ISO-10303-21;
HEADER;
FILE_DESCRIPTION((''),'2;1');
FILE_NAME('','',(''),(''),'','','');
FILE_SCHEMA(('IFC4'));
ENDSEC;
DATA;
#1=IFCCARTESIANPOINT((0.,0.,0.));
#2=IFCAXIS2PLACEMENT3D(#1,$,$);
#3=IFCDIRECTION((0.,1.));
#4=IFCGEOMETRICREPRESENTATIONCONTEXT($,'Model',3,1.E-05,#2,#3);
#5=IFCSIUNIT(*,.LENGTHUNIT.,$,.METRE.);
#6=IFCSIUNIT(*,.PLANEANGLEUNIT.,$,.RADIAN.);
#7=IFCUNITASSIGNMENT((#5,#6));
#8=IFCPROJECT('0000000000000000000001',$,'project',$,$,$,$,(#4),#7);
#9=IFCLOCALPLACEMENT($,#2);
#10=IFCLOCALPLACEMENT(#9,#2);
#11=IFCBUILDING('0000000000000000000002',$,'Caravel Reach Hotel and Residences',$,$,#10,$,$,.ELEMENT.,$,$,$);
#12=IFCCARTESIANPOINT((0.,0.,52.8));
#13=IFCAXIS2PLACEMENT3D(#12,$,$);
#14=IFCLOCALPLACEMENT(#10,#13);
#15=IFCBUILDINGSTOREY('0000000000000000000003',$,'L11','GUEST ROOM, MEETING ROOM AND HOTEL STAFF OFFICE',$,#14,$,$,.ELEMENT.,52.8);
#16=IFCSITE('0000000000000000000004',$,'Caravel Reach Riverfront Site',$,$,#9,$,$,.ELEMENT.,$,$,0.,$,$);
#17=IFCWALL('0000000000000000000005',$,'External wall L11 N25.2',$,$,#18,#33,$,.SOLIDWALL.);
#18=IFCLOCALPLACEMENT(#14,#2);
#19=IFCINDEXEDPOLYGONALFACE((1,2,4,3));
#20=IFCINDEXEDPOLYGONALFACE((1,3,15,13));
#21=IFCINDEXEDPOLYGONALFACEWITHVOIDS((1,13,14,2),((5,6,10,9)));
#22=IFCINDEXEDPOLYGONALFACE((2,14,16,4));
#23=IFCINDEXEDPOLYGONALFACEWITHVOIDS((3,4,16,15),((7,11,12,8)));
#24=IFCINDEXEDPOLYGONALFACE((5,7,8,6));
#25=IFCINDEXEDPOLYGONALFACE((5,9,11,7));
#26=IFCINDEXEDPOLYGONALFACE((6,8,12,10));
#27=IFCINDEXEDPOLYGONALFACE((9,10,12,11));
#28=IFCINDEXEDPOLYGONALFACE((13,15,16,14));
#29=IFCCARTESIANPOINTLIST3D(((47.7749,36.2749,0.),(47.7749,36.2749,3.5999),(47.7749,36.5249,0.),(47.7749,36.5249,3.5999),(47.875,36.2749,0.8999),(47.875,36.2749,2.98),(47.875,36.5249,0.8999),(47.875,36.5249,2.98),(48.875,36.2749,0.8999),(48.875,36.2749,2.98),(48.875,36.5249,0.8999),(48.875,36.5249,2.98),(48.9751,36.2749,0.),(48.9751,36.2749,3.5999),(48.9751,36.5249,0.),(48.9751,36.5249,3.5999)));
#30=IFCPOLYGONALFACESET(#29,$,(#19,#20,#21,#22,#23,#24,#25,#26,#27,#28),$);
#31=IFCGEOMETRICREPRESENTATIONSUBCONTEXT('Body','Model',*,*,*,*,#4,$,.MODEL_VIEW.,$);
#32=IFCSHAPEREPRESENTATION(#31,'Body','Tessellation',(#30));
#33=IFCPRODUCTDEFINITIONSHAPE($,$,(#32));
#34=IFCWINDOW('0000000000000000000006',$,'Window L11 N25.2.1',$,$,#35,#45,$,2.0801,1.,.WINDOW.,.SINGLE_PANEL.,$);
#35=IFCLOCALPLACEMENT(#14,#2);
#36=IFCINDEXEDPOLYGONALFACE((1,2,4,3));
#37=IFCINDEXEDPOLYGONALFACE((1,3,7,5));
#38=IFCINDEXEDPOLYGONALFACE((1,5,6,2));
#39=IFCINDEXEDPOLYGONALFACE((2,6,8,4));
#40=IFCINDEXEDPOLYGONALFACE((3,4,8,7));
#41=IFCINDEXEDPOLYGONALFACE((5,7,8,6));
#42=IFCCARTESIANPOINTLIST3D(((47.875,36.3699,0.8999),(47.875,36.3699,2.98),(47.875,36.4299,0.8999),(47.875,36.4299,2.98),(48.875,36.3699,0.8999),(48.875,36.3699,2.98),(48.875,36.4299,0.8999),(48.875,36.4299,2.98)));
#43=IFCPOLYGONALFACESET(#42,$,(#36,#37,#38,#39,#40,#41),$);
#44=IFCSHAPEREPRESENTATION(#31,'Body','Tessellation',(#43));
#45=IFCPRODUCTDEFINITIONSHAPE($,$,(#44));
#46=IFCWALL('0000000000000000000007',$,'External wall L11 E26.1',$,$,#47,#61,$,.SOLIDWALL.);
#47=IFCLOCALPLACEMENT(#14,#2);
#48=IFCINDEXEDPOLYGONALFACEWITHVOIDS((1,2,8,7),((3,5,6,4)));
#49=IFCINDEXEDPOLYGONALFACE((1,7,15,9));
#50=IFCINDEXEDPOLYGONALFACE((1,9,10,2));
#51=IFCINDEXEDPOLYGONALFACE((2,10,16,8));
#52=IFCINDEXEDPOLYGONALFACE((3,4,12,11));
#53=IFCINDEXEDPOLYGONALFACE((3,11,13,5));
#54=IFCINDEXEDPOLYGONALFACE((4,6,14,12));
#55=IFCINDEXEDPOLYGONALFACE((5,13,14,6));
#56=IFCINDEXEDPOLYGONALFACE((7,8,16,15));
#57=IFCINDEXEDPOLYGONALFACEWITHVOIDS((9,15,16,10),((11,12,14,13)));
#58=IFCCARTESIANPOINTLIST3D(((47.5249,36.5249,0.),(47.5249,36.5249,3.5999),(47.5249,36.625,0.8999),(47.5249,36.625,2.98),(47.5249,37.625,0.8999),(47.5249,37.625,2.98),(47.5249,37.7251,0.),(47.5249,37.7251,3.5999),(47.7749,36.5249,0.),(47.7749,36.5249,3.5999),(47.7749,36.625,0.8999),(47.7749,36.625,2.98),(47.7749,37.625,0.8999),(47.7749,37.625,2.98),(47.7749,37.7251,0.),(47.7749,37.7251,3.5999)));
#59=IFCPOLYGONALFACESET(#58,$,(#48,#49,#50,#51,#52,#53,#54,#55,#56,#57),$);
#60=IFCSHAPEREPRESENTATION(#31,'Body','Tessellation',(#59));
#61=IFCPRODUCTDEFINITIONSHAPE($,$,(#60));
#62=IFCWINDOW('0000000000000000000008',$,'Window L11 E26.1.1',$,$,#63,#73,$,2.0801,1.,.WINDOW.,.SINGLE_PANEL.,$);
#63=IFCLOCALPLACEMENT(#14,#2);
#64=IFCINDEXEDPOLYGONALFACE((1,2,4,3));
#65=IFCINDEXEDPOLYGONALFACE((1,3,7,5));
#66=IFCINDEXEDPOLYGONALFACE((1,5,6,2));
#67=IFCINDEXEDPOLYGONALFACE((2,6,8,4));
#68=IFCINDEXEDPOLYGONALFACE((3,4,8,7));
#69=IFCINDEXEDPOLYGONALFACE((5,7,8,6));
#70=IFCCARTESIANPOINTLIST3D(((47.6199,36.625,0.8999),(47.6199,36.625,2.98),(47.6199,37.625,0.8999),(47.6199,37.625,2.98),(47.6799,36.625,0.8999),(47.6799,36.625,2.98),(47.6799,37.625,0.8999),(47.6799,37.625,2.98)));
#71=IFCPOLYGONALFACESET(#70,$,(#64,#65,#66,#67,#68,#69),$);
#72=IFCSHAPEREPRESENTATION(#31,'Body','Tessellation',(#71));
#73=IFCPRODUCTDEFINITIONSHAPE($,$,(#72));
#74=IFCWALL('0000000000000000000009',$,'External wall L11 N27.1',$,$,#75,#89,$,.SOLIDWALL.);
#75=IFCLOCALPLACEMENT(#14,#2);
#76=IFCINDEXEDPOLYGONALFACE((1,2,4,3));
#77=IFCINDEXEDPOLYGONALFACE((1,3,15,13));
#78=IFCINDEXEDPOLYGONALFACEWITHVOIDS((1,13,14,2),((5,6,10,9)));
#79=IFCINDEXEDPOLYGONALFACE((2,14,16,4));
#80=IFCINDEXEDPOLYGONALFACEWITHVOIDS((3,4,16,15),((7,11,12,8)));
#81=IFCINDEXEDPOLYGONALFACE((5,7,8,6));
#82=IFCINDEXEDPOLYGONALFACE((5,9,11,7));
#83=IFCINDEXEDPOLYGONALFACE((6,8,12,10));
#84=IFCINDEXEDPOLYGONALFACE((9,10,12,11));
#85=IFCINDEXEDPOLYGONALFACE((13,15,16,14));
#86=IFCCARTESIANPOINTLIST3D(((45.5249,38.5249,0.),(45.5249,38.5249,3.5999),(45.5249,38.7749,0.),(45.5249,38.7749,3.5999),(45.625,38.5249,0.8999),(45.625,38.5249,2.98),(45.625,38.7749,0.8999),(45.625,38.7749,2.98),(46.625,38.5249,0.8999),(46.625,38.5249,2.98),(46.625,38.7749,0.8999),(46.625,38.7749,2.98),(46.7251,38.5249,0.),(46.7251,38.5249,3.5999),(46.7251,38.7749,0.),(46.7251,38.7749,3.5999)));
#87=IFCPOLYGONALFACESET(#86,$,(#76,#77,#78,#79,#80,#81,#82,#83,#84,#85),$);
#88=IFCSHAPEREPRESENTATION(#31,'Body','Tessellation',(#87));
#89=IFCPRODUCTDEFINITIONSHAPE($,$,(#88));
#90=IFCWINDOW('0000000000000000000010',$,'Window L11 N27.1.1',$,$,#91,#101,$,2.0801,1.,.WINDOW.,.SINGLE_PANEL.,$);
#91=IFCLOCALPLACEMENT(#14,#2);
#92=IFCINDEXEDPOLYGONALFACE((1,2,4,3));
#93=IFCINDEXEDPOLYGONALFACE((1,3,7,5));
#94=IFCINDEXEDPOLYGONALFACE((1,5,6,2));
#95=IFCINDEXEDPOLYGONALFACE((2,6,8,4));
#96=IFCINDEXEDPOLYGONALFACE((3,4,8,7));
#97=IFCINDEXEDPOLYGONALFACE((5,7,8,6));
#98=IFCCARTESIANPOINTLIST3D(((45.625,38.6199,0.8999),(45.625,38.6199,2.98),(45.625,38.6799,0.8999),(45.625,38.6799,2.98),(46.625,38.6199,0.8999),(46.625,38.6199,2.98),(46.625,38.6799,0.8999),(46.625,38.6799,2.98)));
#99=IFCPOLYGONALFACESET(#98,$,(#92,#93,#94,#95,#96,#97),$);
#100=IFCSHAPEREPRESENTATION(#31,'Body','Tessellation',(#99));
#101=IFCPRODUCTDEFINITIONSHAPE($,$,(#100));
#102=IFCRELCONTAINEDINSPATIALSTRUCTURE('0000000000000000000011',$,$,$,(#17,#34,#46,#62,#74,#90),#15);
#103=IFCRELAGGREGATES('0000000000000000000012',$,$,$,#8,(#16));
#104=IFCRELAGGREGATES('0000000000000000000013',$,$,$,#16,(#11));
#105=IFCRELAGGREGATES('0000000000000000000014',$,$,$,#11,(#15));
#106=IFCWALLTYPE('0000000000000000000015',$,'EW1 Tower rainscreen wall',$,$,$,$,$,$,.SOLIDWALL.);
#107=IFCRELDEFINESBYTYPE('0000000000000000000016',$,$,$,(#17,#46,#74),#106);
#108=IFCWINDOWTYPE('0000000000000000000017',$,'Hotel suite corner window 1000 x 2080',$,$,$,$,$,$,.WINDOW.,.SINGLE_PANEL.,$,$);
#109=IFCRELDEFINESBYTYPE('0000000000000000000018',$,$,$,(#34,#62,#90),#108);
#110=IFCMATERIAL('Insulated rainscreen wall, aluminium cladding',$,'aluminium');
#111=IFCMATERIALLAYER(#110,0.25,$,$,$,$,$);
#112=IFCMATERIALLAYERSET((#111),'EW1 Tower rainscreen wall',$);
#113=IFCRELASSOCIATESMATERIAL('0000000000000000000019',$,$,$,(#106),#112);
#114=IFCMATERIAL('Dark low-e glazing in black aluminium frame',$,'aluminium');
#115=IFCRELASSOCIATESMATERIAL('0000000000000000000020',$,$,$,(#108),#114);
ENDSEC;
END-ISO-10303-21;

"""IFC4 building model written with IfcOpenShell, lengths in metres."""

from ifc_helpers import new_model, si_unit, direction, frame, frame_2d, origin, place, context, subcontext, project, spatial, rectangle, extrude, material, layer, layer_set, type_object, element, fill, save


model = new_model("IFC4")

# Units and contexts
model_context = context("Model", 3, precision=1e-05, world=origin(), true_north=direction((0.0, 1.0)))
body_context = subcontext(model_context, "Body", "Model", "MODEL_VIEW")
ifc_project = project(units=[si_unit("LENGTHUNIT", "METRE"), si_unit("PLANEANGLEUNIT", "RADIAN")], contexts=[model_context])

# Site, building, storey
site_placement = place(None, origin())
site = spatial("IfcSite", under=ifc_project, at=site_placement, Name="Caravel Reach Riverfront Site", CompositionType="ELEMENT", RefElevation=0.0)
building_placement = place(site_placement, origin())
building = spatial("IfcBuilding", under=site, at=building_placement, Name="Caravel Reach Hotel and Residences", CompositionType="ELEMENT")
storey_placement = place(building_placement, frame((0.0, 0.0, 52.8)))
storey = spatial("IfcBuildingStorey", under=building, at=storey_placement, Name="L11", Description="GUEST ROOM, MEETING ROOM AND HOTEL STAFF OFFICE", CompositionType="ELEMENT", Elevation=52.8)

# Walls, openings, windows
ifc_material_1 = material(Name="Insulated rainscreen wall, aluminium cladding", Category="aluminium")
ifc_layer = layer(ifc_material_1, 0.25)
ifc_layer_set = layer_set([ifc_layer], Name="EW1 Tower rainscreen wall")
wall_type = type_object("IfcWallType", Name="EW1 Tower rainscreen wall", PredefinedType="SOLIDWALL", material=ifc_layer_set)
wall_1_placement = place(storey_placement, frame((48.9751, 36.3999, 0.0), z_axis=(0.0, 0.0, 1.0), x_axis=(-1.0, 0.0, 0.0)))
wall_1 = element("IfcWall", 1, at=wall_1_placement, inside=storey, type_object=wall_type, Name="External wall L11 N25.2", PredefinedType="SOLIDWALL", context=body_context, shape_type="SweptSolid", body=[
    extrude(rectangle(XDim=1.2002, YDim=0.25, at=frame_2d((0.6001, 0.0))), origin(), (0.0, 0.0, 1.0), 3.5999),
])
opening_1_placement = place(wall_1_placement, frame((0.1001, 0.0, 0.8999)))
opening_1 = element("IfcOpeningElement", 2, at=opening_1_placement, cuts=wall_1, PredefinedType="OPENING", context=body_context, shape_type="SweptSolid", body=[
    extrude(rectangle(XDim=1.0, YDim=2.0801, at=frame_2d((0.5, 1.04))), frame((0.0, 0.135, 0.0), z_axis=(0.0, -1.0, 0.0), x_axis=(1.0, 0.0, 0.0)), (0.0, 0.0, 1.0), 0.27),
])
ifc_material_2 = material(Name="Dark low-e glazing in black aluminium frame", Category="aluminium")
window_type = type_object("IfcWindowType", Name="Hotel suite corner window 1000 x 2080", PartitioningType="SINGLE_PANEL", PredefinedType="WINDOW", material=ifc_material_2)
window_1_placement = place(opening_1_placement, origin())
window_1 = element("IfcWindow", 3, at=window_1_placement, inside=storey, type_object=window_type, Name="Window L11 N25.2.1", OverallHeight=2.0801, OverallWidth=1.0, PartitioningType="SINGLE_PANEL", PredefinedType="WINDOW", context=body_context, shape_type="SweptSolid", body=[
    extrude(rectangle(XDim=1.0, YDim=2.0801, at=frame_2d((0.5, 1.04))), frame((0.0, 0.03, 0.0), z_axis=(0.0, -1.0, 0.0), x_axis=(1.0, 0.0, 0.0)), (0.0, 0.0, 1.0), 0.0601),
])
fill(opening_1, window_1)
wall_2_placement = place(storey_placement, frame((47.6499, 36.5249, 0.0), z_axis=(0.0, 0.0, 1.0), x_axis=(0.0, 1.0, 0.0)))
wall_2 = element("IfcWall", 4, at=wall_2_placement, inside=storey, type_object=wall_type, Name="External wall L11 E26.1", PredefinedType="SOLIDWALL", context=body_context, shape_type="SweptSolid", body=[
    extrude(rectangle(XDim=1.2002, YDim=0.25, at=frame_2d((0.6001, 0.0))), origin(), (0.0, 0.0, 1.0), 3.5999),
])
opening_2_placement = place(wall_2_placement, frame((0.1001, 0.0, 0.8999)))
opening_2 = element("IfcOpeningElement", 5, at=opening_2_placement, cuts=wall_2, PredefinedType="OPENING", context=body_context, shape_type="SweptSolid", body=[
    extrude(rectangle(XDim=1.0, YDim=2.0801, at=frame_2d((0.5, 1.04))), frame((0.0, 0.135, 0.0), z_axis=(0.0, -1.0, 0.0), x_axis=(1.0, 0.0, 0.0)), (0.0, 0.0, 1.0), 0.27),
])
window_2_placement = place(opening_2_placement, origin())
window_2 = element("IfcWindow", 6, at=window_2_placement, inside=storey, type_object=window_type, Name="Window L11 E26.1.1", OverallHeight=2.0801, OverallWidth=1.0, PartitioningType="SINGLE_PANEL", PredefinedType="WINDOW", context=body_context, shape_type="SweptSolid", body=[
    extrude(rectangle(XDim=1.0, YDim=2.0801, at=frame_2d((0.5, 1.04))), frame((0.0, 0.03, 0.0), z_axis=(0.0, -1.0, 0.0), x_axis=(1.0, 0.0, 0.0)), (0.0, 0.0, 1.0), 0.0601),
])
fill(opening_2, window_2)
wall_3_placement = place(storey_placement, frame((46.7251, 38.6499, 0.0), z_axis=(0.0, 0.0, 1.0), x_axis=(-1.0, 0.0, 0.0)))
wall_3 = element("IfcWall", 7, at=wall_3_placement, inside=storey, type_object=wall_type, Name="External wall L11 N27.1", PredefinedType="SOLIDWALL", context=body_context, shape_type="SweptSolid", body=[
    extrude(rectangle(XDim=1.2002, YDim=0.25, at=frame_2d((0.6001, 0.0))), origin(), (0.0, 0.0, 1.0), 3.5999),
])
opening_3_placement = place(wall_3_placement, frame((0.1001, 0.0, 0.8999)))
opening_3 = element("IfcOpeningElement", 8, at=opening_3_placement, cuts=wall_3, PredefinedType="OPENING", context=body_context, shape_type="SweptSolid", body=[
    extrude(rectangle(XDim=1.0, YDim=2.0801, at=frame_2d((0.5, 1.04))), frame((0.0, 0.135, 0.0), z_axis=(0.0, -1.0, 0.0), x_axis=(1.0, 0.0, 0.0)), (0.0, 0.0, 1.0), 0.27),
])
window_3_placement = place(opening_3_placement, origin())
window_3 = element("IfcWindow", 9, at=window_3_placement, inside=storey, type_object=window_type, Name="Window L11 N27.1.1", OverallHeight=2.0801, OverallWidth=1.0, PartitioningType="SINGLE_PANEL", PredefinedType="WINDOW", context=body_context, shape_type="SweptSolid", body=[
    extrude(rectangle(XDim=1.0, YDim=2.0801, at=frame_2d((0.5, 1.04))), frame((0.0, 0.03, 0.0), z_axis=(0.0, -1.0, 0.0), x_axis=(1.0, 0.0, 0.0)), (0.0, 0.0, 1.0), 0.0601),
])
fill(opening_3, window_3)

save(model, "model.ifc")
